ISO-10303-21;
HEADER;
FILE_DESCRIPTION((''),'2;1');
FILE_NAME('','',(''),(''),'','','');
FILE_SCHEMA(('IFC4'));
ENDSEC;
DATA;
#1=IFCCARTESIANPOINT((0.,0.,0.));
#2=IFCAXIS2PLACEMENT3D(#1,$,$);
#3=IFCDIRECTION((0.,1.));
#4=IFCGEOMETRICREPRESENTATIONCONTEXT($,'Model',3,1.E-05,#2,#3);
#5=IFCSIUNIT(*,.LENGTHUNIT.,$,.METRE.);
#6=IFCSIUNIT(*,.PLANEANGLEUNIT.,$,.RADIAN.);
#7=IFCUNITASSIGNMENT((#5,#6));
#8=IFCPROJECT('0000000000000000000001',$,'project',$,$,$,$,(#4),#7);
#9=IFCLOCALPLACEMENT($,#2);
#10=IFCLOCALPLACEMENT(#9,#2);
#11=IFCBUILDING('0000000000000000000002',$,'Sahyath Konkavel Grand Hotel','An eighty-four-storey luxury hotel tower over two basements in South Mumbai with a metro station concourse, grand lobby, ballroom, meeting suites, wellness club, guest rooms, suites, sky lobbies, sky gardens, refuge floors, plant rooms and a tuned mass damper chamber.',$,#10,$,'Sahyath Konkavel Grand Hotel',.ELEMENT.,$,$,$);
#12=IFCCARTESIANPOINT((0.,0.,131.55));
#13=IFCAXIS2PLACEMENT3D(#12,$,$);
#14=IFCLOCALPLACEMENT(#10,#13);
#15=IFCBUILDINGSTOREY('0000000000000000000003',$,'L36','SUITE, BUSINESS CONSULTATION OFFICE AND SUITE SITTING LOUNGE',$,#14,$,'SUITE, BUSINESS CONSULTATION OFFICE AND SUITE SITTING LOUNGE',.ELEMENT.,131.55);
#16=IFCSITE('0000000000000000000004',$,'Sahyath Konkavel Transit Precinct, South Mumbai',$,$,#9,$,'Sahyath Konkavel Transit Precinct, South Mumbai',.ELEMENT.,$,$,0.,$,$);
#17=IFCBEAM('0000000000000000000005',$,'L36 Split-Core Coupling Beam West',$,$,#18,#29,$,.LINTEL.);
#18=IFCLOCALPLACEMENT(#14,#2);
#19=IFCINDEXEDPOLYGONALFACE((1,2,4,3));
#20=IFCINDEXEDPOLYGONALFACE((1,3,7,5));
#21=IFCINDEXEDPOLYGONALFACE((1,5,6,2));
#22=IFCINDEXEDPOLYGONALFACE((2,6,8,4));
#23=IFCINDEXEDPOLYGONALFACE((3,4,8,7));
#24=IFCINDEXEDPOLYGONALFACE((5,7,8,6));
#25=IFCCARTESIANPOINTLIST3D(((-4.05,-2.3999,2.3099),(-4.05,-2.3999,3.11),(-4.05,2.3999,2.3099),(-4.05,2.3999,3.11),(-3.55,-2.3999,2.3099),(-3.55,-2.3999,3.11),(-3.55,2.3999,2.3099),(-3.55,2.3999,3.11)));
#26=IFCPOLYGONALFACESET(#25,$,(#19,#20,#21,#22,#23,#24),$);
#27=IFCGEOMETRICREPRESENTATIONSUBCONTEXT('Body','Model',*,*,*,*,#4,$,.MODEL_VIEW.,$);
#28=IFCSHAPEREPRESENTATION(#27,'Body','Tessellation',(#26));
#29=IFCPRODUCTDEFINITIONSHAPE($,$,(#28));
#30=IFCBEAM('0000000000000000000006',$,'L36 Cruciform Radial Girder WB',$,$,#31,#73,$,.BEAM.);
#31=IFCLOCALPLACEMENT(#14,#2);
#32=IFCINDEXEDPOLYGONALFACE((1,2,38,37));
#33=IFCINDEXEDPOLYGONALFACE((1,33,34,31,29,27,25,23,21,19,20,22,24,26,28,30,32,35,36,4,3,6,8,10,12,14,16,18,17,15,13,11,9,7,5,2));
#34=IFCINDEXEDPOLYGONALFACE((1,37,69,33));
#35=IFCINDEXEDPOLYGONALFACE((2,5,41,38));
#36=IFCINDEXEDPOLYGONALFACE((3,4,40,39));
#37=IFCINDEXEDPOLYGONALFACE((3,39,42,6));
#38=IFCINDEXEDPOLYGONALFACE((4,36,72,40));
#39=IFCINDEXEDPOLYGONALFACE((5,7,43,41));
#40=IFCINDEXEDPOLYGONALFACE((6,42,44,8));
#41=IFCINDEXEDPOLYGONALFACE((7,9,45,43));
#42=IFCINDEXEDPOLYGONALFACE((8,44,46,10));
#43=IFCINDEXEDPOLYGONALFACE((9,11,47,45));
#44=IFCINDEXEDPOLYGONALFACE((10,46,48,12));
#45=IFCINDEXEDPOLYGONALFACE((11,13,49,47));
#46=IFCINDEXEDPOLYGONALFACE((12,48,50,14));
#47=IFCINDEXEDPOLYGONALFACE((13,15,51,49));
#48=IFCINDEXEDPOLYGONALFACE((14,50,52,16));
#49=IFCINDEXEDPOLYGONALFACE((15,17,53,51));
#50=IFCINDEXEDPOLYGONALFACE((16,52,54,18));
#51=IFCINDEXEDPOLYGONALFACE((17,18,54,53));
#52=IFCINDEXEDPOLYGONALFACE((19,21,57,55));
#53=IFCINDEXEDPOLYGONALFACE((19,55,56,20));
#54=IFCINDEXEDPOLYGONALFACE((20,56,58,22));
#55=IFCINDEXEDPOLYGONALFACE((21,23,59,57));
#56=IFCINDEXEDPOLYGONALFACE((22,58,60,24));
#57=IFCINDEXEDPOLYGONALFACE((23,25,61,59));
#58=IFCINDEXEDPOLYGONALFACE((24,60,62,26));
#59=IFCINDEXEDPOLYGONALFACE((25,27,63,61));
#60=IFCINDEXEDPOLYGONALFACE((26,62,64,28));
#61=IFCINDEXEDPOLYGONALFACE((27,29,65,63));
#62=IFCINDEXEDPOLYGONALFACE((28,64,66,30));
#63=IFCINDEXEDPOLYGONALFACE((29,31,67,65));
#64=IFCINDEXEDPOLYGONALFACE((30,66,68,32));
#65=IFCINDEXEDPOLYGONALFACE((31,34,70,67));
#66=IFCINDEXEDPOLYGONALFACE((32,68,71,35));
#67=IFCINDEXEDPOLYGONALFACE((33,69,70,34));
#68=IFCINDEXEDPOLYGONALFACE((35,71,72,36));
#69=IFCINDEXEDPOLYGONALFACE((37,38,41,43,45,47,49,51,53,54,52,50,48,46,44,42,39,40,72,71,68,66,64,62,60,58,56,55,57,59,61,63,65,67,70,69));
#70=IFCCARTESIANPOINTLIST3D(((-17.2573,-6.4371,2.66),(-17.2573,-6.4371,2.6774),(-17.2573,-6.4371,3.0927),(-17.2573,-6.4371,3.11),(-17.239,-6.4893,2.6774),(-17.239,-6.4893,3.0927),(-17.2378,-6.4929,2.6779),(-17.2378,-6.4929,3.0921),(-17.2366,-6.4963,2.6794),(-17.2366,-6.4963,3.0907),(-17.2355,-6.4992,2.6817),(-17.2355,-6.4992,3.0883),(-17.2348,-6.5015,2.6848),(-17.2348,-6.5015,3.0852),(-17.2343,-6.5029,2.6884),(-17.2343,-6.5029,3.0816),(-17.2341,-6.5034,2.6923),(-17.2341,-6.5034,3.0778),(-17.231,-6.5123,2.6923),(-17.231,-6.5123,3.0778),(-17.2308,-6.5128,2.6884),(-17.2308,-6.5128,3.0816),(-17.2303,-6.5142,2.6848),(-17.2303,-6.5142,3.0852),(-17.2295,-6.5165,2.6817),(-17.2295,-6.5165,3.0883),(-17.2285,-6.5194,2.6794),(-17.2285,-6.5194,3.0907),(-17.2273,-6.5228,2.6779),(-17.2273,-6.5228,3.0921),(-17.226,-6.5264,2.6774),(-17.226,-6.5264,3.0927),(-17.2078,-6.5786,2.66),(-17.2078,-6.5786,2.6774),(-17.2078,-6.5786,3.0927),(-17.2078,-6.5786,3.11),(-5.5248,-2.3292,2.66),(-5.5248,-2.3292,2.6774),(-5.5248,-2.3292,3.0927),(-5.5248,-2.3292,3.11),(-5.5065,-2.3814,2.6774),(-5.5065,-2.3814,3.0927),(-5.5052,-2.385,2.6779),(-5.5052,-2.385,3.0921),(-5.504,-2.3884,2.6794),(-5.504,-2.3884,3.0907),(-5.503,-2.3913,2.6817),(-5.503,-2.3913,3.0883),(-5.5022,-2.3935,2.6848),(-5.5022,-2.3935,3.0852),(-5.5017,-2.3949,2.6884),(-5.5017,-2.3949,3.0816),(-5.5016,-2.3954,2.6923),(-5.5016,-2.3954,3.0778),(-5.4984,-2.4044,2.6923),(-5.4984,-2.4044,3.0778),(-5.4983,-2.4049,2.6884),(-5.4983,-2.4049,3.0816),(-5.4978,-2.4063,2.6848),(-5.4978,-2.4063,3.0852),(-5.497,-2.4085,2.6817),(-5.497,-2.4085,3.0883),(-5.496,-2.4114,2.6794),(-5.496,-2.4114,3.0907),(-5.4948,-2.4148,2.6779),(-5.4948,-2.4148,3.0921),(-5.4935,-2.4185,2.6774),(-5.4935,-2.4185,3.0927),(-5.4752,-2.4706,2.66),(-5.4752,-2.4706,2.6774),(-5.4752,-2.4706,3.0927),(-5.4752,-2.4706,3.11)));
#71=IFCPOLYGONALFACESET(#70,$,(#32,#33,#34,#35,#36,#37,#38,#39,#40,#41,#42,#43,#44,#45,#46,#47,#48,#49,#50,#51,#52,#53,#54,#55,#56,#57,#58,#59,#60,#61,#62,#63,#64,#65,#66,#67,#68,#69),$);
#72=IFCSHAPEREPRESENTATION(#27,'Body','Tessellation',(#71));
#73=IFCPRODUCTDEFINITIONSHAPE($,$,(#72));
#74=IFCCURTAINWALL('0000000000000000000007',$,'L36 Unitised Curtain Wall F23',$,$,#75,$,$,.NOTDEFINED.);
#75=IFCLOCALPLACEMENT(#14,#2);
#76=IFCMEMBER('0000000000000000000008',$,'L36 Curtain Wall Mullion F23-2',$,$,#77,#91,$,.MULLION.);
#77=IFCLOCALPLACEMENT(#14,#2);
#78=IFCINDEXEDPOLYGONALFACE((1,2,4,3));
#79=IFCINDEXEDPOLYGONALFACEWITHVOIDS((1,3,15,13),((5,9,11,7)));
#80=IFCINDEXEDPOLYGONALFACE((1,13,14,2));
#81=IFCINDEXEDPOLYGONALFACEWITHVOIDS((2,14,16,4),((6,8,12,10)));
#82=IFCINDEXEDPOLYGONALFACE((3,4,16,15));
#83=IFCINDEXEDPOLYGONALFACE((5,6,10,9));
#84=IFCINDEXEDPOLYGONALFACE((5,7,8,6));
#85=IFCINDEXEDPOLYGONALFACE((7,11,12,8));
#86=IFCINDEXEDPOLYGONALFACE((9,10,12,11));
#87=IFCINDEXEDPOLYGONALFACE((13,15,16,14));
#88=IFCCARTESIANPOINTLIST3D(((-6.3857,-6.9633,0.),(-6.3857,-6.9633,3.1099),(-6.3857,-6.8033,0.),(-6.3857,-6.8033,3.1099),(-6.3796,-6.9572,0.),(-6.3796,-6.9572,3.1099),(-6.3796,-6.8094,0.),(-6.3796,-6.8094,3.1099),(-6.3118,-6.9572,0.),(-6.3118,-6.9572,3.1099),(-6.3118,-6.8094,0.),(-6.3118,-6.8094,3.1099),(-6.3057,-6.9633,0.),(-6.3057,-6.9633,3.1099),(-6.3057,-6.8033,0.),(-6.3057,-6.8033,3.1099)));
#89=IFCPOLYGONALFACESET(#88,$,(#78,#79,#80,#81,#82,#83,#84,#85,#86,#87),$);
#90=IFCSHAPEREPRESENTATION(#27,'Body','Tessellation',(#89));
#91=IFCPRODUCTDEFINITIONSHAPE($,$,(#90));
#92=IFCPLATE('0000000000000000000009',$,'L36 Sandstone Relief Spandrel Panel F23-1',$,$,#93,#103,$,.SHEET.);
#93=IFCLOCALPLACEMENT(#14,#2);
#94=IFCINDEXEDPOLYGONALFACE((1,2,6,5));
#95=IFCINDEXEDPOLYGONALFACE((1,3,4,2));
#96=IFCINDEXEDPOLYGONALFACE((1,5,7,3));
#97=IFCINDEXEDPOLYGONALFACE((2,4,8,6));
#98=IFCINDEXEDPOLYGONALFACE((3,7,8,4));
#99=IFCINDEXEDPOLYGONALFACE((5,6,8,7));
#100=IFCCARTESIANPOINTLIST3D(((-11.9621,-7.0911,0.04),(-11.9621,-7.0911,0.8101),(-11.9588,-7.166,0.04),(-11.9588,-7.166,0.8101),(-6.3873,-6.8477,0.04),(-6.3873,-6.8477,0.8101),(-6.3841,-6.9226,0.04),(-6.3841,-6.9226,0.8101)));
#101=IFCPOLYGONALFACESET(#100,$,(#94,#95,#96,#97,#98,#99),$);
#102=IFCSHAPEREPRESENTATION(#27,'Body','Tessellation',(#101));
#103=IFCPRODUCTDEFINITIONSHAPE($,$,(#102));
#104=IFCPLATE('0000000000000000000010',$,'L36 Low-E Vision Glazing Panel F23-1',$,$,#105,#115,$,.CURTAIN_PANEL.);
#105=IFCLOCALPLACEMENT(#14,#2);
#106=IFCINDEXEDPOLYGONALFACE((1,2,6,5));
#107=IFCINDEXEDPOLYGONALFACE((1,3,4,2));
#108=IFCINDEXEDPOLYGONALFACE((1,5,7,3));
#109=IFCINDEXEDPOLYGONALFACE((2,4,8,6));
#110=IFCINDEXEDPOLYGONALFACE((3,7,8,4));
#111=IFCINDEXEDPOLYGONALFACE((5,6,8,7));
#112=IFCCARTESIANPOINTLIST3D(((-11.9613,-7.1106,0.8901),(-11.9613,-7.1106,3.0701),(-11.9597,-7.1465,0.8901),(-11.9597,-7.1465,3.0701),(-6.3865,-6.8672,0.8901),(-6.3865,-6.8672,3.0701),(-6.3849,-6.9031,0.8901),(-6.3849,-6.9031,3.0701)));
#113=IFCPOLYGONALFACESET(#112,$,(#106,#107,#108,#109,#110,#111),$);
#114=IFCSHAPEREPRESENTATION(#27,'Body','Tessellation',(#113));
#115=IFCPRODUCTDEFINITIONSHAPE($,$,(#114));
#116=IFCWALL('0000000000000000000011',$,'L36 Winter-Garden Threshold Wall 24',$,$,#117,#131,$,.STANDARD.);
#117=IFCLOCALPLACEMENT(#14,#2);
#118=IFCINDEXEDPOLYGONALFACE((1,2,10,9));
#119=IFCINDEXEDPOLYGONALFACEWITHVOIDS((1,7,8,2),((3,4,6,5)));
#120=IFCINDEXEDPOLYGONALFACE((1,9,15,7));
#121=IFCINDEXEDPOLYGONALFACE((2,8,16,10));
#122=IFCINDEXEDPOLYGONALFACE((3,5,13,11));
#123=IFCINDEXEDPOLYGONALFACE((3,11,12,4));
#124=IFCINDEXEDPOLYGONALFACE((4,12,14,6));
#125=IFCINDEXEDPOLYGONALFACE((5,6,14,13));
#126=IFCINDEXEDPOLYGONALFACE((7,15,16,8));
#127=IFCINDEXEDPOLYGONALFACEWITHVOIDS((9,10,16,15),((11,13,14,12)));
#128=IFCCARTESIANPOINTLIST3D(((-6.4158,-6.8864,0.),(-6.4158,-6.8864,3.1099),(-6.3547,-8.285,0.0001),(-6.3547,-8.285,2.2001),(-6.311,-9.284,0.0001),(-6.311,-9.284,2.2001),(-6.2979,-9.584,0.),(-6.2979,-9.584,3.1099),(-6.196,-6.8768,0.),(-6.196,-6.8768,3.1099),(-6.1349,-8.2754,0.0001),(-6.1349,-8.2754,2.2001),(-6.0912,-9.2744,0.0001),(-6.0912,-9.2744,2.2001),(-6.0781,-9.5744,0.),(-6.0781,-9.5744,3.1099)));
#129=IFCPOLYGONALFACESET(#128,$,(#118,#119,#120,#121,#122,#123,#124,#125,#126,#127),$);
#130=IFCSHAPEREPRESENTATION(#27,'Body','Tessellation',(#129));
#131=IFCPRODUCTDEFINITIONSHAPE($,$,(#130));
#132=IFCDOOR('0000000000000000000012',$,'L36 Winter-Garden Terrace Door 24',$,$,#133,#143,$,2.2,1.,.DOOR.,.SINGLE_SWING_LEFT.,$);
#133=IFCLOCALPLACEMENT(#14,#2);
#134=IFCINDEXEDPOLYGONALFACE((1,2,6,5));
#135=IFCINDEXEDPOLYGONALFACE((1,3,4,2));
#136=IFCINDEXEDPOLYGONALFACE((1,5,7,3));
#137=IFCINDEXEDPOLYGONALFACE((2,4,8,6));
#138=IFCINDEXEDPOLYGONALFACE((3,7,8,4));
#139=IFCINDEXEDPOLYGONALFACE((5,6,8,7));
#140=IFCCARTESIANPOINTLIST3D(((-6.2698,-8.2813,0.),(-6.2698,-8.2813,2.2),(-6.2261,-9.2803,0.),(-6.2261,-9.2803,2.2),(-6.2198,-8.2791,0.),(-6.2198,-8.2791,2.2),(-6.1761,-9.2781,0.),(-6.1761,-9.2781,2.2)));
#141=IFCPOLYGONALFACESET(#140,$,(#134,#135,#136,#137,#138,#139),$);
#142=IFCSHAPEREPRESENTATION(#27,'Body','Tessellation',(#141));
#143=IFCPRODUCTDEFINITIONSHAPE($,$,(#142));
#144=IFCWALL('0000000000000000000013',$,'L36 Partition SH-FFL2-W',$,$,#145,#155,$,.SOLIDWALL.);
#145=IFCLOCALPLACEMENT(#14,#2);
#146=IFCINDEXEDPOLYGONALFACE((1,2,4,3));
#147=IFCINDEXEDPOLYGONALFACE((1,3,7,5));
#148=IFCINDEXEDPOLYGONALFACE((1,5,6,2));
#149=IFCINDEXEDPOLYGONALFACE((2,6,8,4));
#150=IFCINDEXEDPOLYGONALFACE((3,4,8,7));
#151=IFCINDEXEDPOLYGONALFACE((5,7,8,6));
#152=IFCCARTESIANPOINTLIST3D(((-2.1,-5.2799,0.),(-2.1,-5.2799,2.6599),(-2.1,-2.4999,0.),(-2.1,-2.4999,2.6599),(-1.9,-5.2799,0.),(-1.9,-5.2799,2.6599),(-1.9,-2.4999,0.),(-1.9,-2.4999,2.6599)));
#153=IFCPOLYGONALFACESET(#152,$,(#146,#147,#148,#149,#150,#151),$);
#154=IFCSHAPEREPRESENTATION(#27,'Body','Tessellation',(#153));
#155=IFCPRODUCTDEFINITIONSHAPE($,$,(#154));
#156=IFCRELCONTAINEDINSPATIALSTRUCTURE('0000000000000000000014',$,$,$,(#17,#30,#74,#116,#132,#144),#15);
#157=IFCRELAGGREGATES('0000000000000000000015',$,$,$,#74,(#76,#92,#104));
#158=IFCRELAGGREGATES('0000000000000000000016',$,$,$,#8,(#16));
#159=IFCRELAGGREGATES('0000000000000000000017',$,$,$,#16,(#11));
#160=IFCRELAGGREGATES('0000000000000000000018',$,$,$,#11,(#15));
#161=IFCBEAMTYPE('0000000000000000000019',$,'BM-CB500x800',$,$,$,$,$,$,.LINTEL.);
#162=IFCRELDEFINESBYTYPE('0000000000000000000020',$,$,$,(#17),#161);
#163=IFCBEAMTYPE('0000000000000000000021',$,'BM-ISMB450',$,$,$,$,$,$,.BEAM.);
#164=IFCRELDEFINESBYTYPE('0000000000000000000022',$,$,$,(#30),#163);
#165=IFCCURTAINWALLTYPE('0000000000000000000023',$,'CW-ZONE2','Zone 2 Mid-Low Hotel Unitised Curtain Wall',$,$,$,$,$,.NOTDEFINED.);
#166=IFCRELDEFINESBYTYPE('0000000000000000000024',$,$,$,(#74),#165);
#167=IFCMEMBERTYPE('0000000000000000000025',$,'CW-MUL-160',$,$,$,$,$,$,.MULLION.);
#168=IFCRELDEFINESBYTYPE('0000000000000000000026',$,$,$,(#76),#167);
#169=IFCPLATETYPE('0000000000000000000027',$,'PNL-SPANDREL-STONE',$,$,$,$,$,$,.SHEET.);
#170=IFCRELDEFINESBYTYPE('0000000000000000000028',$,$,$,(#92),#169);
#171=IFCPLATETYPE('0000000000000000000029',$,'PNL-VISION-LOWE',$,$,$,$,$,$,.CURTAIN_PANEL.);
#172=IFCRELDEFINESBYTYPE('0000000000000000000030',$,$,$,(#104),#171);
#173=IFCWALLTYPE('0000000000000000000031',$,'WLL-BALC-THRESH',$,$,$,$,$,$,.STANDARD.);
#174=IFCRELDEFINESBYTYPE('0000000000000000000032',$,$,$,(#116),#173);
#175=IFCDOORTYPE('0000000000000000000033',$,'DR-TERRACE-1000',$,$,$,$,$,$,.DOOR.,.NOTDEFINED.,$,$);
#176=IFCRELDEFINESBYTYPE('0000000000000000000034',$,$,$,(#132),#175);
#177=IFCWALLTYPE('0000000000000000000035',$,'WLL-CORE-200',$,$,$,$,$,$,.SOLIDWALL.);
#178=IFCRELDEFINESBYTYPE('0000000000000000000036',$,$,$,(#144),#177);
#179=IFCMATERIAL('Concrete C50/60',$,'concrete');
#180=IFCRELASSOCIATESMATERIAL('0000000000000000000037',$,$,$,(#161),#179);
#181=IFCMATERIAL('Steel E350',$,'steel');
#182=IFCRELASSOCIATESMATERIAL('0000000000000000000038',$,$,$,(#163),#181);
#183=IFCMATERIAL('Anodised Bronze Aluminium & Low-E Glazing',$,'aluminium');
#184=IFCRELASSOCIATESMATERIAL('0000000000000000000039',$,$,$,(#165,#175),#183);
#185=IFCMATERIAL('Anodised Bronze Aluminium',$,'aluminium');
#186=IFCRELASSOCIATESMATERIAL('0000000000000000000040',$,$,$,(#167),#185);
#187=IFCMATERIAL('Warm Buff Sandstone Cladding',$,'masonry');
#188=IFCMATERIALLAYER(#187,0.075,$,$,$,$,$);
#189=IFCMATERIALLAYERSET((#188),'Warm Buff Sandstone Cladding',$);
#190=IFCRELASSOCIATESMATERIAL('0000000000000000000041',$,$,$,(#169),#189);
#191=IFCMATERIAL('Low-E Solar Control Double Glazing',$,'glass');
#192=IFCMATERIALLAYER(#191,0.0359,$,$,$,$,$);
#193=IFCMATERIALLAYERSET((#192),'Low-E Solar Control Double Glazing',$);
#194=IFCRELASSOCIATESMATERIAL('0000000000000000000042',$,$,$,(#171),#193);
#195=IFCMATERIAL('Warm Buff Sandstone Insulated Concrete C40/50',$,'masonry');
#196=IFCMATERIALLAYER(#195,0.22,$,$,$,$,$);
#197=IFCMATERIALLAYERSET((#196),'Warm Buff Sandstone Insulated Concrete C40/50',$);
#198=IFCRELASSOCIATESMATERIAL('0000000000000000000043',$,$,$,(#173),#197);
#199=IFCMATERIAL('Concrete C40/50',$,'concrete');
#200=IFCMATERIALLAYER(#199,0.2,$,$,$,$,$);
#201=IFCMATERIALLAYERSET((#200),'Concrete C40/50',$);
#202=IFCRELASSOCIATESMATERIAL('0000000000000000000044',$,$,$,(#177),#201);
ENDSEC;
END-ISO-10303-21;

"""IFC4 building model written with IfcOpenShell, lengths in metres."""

from ifc_helpers import new_model, si_unit, direction, frame, frame_2d, origin, origin_2d, place, context, subcontext, project, spatial, rectangle, hollow_rectangle, i_section, extrude, source, transform, mapped, material, layer, layer_set, material_profile, profile_set, type_object, element, fill, aggregate, save


model = new_model("IFC4")

# Units and contexts
model_context = context("Model", 3, precision=1e-05, world=origin(), true_north=direction((0.0, 1.0)))
body_context = subcontext(model_context, "Body", "Model", "MODEL_VIEW")
ifc_project = project(units=[si_unit("LENGTHUNIT", "METRE"), si_unit("PLANEANGLEUNIT", "RADIAN")], contexts=[model_context])

# Site, building, storey
site_placement = place(None, origin())
site = spatial("IfcSite", under=ifc_project, at=site_placement, Name="Sahyath Konkavel Transit Precinct, South Mumbai", LongName="Sahyath Konkavel Transit Precinct, South Mumbai", CompositionType="ELEMENT", RefElevation=0.0)
building_placement = place(site_placement, origin())
building = spatial("IfcBuilding", under=site, at=building_placement, Name="Sahyath Konkavel Grand Hotel", Description="An eighty-four-storey luxury hotel tower over two basements in South Mumbai with a metro station concourse, grand lobby, ballroom, meeting suites, wellness club, guest rooms, suites, sky lobbies, sky gardens, refuge floors, plant rooms and a tuned mass damper chamber.", LongName="Sahyath Konkavel Grand Hotel", CompositionType="ELEMENT")
storey_placement = place(building_placement, frame((0.0, 0.0, 131.55)))
storey = spatial("IfcBuildingStorey", under=building, at=storey_placement, Name="L36", Description="SUITE, BUSINESS CONSULTATION OFFICE AND SUITE SITTING LOUNGE", LongName="SUITE, BUSINESS CONSULTATION OFFICE AND SUITE SITTING LOUNGE", CompositionType="ELEMENT", Elevation=131.55)

# Shared definitions
ifc_material_1 = material(Name="Concrete C50/60", Category="concrete")

# Beams
ifc_material_2 = material(Name="Steel E350", Category="steel")
ifc_material_profile_1 = material_profile(ifc_material_1, rectangle(XDim=0.5, YDim=0.8, at=origin_2d()), Name="RC 500x800")
ifc_profile_set_1 = profile_set([ifc_material_profile_1], Name="Concrete C50/60")
beam_type_1 = type_object("IfcBeamType", Name="BM-CB500x800", PredefinedType="LINTEL", material=ifc_profile_set_1)
shared_shape_1 = source(origin(), body_context, "Body", "SweptSolid", [
    extrude(rectangle(XDim=0.5, YDim=0.8, at=origin_2d()), origin(), (0.0, 0.0, 1.0), 4.7998),
])
beam_1_placement = place(storey_placement, frame((-3.8, -2.3999, 2.71), z_axis=(0.0, 1.0, 0.0), x_axis=(-1.0, 0.0, 0.0)))
element("IfcBeam", 1, at=beam_1_placement, inside=storey, type_object=beam_type_1, Name="L36 Split-Core Coupling Beam West", PredefinedType="LINTEL", context=body_context, shape_type="MappedRepresentation", body=[
    mapped(shared_shape_1, transform((0.0, 0.0, 0.0), scale=1.0)),
])
ifc_material_profile_2 = material_profile(ifc_material_2, i_section(OverallWidth=0.1499, OverallDepth=0.45, WebThickness=0.0095, FlangeThickness=0.0173, FilletRadius=0.0149, at=origin_2d()), Name="ISMB 450")
ifc_profile_set_2 = profile_set([ifc_material_profile_2], Name="Steel E350")
beam_type_2 = type_object("IfcBeamType", Name="BM-ISMB450", PredefinedType="BEAM", material=ifc_profile_set_2)
shared_shape_2 = source(origin(), body_context, "Body", "SweptSolid", [
    extrude(i_section(OverallWidth=0.1499, OverallDepth=0.45, WebThickness=0.0095, FlangeThickness=0.0173, FilletRadius=0.0149, at=origin_2d()), origin(), (0.0, 0.0, 1.0), 12.4309),
])
beam_2_placement = place(storey_placement, frame((-5.5, -2.3999, 2.885), z_axis=(-0.943819, -0.330462, 0.0), x_axis=(0.330462, -0.943819, 0.0)))
element("IfcBeam", 2, at=beam_2_placement, inside=storey, type_object=beam_type_2, Name="L36 Cruciform Radial Girder WB", PredefinedType="BEAM", context=body_context, shape_type="MappedRepresentation", body=[
    mapped(shared_shape_2, transform((0.0, 0.0, 0.0), scale=1.0)),
])

# Curtain wall, member, plates
ifc_material_3 = material(Name="Anodised Bronze Aluminium & Low-E Glazing", Category="aluminium")
curtain_wall_type = type_object("IfcCurtainWallType", Name="CW-ZONE2", Description="Zone 2 Mid-Low Hotel Unitised Curtain Wall", PredefinedType="NOTDEFINED", material=ifc_material_3)
curtain_wall_placement = place(storey_placement, origin())
curtain_wall = element("IfcCurtainWall", 3, at=curtain_wall_placement, inside=storey, type_object=curtain_wall_type, Name="L36 Unitised Curtain Wall F23", PredefinedType="NOTDEFINED")
ifc_material_4 = material(Name="Anodised Bronze Aluminium", Category="aluminium")
ifc_material_profile_3 = material_profile(ifc_material_4, hollow_rectangle(XDim=0.0801, YDim=0.1599, WallThickness=0.0061, at=origin_2d()), Name="RHS 160x80x6")
ifc_profile_set_3 = profile_set([ifc_material_profile_3], Name="Anodised Bronze Aluminium")
member_type = type_object("IfcMemberType", Name="CW-MUL-160", PredefinedType="MULLION", material=ifc_profile_set_3)
shared_shape_3 = source(origin(), body_context, "Body", "SweptSolid", [
    extrude(hollow_rectangle(XDim=0.0801, YDim=0.1599, WallThickness=0.0061, at=origin_2d()), origin(), (0.0, 0.0, 1.0), 3.1099),
])
member_placement = place(storey_placement, frame((-6.3457, -6.8833, 0.0), z_axis=(0.0, 0.0, 1.0), x_axis=(1.0, 0.0, 0.0)))
member = element("IfcMember", 4, at=member_placement, type_object=member_type, Name="L36 Curtain Wall Mullion F23-2", PredefinedType="MULLION", context=body_context, shape_type="MappedRepresentation", body=[
    mapped(shared_shape_3, transform((0.0, 0.0, 0.0), scale=1.0)),
])
ifc_material_5 = material(Name="Warm Buff Sandstone Cladding", Category="masonry")
ifc_layer_1 = layer(ifc_material_5, 0.075)
ifc_layer_set_1 = layer_set([ifc_layer_1], Name="Warm Buff Sandstone Cladding")
plate_type_1 = type_object("IfcPlateType", Name="PNL-SPANDREL-STONE", PredefinedType="SHEET", material=ifc_layer_set_1)
shared_shape_4 = source(origin(), body_context, "Body", "SweptSolid", [
    extrude(rectangle(XDim=5.5801, YDim=0.075, at=origin_2d()), origin(), (0.0, 0.0, 1.0), 0.77),
])
plate_1_placement = place(storey_placement, frame((-9.1731, -7.0068, 0.04), z_axis=(0.0, 0.0, 1.0), x_axis=(0.999048, 0.043619, 0.0)))
plate_1 = element("IfcPlate", 5, at=plate_1_placement, type_object=plate_type_1, Name="L36 Sandstone Relief Spandrel Panel F23-1", PredefinedType="SHEET", context=body_context, shape_type="MappedRepresentation", body=[
    mapped(shared_shape_4, transform((0.0, 0.0, 0.0), scale=1.0)),
])
ifc_material_6 = material(Name="Low-E Solar Control Double Glazing", Category="glass")
ifc_layer_2 = layer(ifc_material_6, 0.0359)
ifc_layer_set_2 = layer_set([ifc_layer_2], Name="Low-E Solar Control Double Glazing")
plate_type_2 = type_object("IfcPlateType", Name="PNL-VISION-LOWE", PredefinedType="CURTAIN_PANEL", material=ifc_layer_set_2)
shared_shape_5 = source(origin(), body_context, "Body", "SweptSolid", [
    extrude(rectangle(XDim=5.5801, YDim=0.0359, at=origin_2d()), origin(), (0.0, 0.0, 1.0), 2.1799),
])
plate_2_placement = place(storey_placement, frame((-9.1731, -7.0068, 0.8901), z_axis=(0.0, 0.0, 1.0), x_axis=(0.999048, 0.043619, 0.0)))
plate_2 = element("IfcPlate", 6, at=plate_2_placement, type_object=plate_type_2, Name="L36 Low-E Vision Glazing Panel F23-1", PredefinedType="CURTAIN_PANEL", context=body_context, shape_type="MappedRepresentation", body=[
    mapped(shared_shape_5, transform((0.0, 0.0, 0.0), scale=1.0)),
])
aggregate(curtain_wall, [member, plate_1, plate_2])

# Wall, opening, door
ifc_material_7 = material(Name="Warm Buff Sandstone Insulated Concrete C40/50", Category="masonry")
ifc_layer_3 = layer(ifc_material_7, 0.22)
ifc_layer_set_3 = layer_set([ifc_layer_3], Name="Warm Buff Sandstone Insulated Concrete C40/50")
wall_type_1 = type_object("IfcWallType", Name="WLL-BALC-THRESH", PredefinedType="STANDARD", material=ifc_layer_set_3)
wall_1_placement = place(storey_placement, frame((-6.3059, -6.8816, 0.0), z_axis=(0.0, 0.0, 1.0), x_axis=(0.043673, -0.999046, 0.0)))
wall_1 = element("IfcWall", 7, at=wall_1_placement, inside=storey, type_object=wall_type_1, Name="L36 Winter-Garden Threshold Wall 24", PredefinedType="STANDARD", context=body_context, shape_type="SweptSolid", body=[
    extrude(rectangle(XDim=2.7002, YDim=0.22, at=frame_2d((1.3501, 0.0))), origin(), (0.0, 0.0, 1.0), 3.1099),
])
opening_1_placement = place(wall_1_placement, frame((1.3999, 0.0, 0.0)))
opening_1 = element("IfcOpeningElement", 8, at=opening_1_placement, cuts=wall_1, PredefinedType="OPENING", context=body_context, shape_type="SweptSolid", body=[
    extrude(rectangle(XDim=1.0, YDim=2.2, at=frame_2d((0.5, 1.1001))), frame((0.0, 0.1201, 0.0), z_axis=(0.0, -1.0, 0.0), x_axis=(1.0, 0.0, 0.0)), (0.0, 0.0, 1.0), 0.24),
])
door_type_1 = type_object("IfcDoorType", Name="DR-TERRACE-1000", OperationType="NOTDEFINED", PredefinedType="DOOR", material=ifc_material_3)
shared_shape_6 = source(origin(), body_context, "Body", "SweptSolid", [
    extrude(rectangle(XDim=1.0, YDim=0.05, at=origin_2d()), origin(), (0.0, 0.0, 1.0), 2.2),
])
door_1_placement = place(opening_1_placement, frame((0.5, 0.0, 0.0)))
door_1 = element("IfcDoor", 9, at=door_1_placement, inside=storey, type_object=door_type_1, Name="L36 Winter-Garden Terrace Door 24", OperationType="SINGLE_SWING_LEFT", OverallHeight=2.2, OverallWidth=1.0, PredefinedType="DOOR", context=body_context, shape_type="MappedRepresentation", body=[
    mapped(shared_shape_6, transform((0.0, 0.0, 0.0), scale=1.0)),
])
fill(opening_1, door_1)

# Wall
ifc_material_8 = material(Name="Concrete C40/50", Category="concrete")
ifc_layer_4 = layer(ifc_material_8, 0.2)
ifc_layer_set_4 = layer_set([ifc_layer_4], Name="Concrete C40/50")
wall_type_2 = type_object("IfcWallType", Name="WLL-CORE-200", PredefinedType="SOLIDWALL", material=ifc_layer_set_4)
wall_2_placement = place(storey_placement, frame((-2.0, -5.28, 0.0), z_axis=(0.0, 0.0, 1.0), x_axis=(0.0, 1.0, 0.0)))
element("IfcWall", 10, at=wall_2_placement, inside=storey, type_object=wall_type_2, Name="L36 Partition SH-FFL2-W", PredefinedType="SOLIDWALL", context=body_context, shape_type="SweptSolid", body=[
    extrude(rectangle(XDim=2.78, YDim=0.2, at=frame_2d((1.3901, 0.0))), origin(), (0.0, 0.0, 1.0), 2.6599),
])

save(model, "model.ifc")
